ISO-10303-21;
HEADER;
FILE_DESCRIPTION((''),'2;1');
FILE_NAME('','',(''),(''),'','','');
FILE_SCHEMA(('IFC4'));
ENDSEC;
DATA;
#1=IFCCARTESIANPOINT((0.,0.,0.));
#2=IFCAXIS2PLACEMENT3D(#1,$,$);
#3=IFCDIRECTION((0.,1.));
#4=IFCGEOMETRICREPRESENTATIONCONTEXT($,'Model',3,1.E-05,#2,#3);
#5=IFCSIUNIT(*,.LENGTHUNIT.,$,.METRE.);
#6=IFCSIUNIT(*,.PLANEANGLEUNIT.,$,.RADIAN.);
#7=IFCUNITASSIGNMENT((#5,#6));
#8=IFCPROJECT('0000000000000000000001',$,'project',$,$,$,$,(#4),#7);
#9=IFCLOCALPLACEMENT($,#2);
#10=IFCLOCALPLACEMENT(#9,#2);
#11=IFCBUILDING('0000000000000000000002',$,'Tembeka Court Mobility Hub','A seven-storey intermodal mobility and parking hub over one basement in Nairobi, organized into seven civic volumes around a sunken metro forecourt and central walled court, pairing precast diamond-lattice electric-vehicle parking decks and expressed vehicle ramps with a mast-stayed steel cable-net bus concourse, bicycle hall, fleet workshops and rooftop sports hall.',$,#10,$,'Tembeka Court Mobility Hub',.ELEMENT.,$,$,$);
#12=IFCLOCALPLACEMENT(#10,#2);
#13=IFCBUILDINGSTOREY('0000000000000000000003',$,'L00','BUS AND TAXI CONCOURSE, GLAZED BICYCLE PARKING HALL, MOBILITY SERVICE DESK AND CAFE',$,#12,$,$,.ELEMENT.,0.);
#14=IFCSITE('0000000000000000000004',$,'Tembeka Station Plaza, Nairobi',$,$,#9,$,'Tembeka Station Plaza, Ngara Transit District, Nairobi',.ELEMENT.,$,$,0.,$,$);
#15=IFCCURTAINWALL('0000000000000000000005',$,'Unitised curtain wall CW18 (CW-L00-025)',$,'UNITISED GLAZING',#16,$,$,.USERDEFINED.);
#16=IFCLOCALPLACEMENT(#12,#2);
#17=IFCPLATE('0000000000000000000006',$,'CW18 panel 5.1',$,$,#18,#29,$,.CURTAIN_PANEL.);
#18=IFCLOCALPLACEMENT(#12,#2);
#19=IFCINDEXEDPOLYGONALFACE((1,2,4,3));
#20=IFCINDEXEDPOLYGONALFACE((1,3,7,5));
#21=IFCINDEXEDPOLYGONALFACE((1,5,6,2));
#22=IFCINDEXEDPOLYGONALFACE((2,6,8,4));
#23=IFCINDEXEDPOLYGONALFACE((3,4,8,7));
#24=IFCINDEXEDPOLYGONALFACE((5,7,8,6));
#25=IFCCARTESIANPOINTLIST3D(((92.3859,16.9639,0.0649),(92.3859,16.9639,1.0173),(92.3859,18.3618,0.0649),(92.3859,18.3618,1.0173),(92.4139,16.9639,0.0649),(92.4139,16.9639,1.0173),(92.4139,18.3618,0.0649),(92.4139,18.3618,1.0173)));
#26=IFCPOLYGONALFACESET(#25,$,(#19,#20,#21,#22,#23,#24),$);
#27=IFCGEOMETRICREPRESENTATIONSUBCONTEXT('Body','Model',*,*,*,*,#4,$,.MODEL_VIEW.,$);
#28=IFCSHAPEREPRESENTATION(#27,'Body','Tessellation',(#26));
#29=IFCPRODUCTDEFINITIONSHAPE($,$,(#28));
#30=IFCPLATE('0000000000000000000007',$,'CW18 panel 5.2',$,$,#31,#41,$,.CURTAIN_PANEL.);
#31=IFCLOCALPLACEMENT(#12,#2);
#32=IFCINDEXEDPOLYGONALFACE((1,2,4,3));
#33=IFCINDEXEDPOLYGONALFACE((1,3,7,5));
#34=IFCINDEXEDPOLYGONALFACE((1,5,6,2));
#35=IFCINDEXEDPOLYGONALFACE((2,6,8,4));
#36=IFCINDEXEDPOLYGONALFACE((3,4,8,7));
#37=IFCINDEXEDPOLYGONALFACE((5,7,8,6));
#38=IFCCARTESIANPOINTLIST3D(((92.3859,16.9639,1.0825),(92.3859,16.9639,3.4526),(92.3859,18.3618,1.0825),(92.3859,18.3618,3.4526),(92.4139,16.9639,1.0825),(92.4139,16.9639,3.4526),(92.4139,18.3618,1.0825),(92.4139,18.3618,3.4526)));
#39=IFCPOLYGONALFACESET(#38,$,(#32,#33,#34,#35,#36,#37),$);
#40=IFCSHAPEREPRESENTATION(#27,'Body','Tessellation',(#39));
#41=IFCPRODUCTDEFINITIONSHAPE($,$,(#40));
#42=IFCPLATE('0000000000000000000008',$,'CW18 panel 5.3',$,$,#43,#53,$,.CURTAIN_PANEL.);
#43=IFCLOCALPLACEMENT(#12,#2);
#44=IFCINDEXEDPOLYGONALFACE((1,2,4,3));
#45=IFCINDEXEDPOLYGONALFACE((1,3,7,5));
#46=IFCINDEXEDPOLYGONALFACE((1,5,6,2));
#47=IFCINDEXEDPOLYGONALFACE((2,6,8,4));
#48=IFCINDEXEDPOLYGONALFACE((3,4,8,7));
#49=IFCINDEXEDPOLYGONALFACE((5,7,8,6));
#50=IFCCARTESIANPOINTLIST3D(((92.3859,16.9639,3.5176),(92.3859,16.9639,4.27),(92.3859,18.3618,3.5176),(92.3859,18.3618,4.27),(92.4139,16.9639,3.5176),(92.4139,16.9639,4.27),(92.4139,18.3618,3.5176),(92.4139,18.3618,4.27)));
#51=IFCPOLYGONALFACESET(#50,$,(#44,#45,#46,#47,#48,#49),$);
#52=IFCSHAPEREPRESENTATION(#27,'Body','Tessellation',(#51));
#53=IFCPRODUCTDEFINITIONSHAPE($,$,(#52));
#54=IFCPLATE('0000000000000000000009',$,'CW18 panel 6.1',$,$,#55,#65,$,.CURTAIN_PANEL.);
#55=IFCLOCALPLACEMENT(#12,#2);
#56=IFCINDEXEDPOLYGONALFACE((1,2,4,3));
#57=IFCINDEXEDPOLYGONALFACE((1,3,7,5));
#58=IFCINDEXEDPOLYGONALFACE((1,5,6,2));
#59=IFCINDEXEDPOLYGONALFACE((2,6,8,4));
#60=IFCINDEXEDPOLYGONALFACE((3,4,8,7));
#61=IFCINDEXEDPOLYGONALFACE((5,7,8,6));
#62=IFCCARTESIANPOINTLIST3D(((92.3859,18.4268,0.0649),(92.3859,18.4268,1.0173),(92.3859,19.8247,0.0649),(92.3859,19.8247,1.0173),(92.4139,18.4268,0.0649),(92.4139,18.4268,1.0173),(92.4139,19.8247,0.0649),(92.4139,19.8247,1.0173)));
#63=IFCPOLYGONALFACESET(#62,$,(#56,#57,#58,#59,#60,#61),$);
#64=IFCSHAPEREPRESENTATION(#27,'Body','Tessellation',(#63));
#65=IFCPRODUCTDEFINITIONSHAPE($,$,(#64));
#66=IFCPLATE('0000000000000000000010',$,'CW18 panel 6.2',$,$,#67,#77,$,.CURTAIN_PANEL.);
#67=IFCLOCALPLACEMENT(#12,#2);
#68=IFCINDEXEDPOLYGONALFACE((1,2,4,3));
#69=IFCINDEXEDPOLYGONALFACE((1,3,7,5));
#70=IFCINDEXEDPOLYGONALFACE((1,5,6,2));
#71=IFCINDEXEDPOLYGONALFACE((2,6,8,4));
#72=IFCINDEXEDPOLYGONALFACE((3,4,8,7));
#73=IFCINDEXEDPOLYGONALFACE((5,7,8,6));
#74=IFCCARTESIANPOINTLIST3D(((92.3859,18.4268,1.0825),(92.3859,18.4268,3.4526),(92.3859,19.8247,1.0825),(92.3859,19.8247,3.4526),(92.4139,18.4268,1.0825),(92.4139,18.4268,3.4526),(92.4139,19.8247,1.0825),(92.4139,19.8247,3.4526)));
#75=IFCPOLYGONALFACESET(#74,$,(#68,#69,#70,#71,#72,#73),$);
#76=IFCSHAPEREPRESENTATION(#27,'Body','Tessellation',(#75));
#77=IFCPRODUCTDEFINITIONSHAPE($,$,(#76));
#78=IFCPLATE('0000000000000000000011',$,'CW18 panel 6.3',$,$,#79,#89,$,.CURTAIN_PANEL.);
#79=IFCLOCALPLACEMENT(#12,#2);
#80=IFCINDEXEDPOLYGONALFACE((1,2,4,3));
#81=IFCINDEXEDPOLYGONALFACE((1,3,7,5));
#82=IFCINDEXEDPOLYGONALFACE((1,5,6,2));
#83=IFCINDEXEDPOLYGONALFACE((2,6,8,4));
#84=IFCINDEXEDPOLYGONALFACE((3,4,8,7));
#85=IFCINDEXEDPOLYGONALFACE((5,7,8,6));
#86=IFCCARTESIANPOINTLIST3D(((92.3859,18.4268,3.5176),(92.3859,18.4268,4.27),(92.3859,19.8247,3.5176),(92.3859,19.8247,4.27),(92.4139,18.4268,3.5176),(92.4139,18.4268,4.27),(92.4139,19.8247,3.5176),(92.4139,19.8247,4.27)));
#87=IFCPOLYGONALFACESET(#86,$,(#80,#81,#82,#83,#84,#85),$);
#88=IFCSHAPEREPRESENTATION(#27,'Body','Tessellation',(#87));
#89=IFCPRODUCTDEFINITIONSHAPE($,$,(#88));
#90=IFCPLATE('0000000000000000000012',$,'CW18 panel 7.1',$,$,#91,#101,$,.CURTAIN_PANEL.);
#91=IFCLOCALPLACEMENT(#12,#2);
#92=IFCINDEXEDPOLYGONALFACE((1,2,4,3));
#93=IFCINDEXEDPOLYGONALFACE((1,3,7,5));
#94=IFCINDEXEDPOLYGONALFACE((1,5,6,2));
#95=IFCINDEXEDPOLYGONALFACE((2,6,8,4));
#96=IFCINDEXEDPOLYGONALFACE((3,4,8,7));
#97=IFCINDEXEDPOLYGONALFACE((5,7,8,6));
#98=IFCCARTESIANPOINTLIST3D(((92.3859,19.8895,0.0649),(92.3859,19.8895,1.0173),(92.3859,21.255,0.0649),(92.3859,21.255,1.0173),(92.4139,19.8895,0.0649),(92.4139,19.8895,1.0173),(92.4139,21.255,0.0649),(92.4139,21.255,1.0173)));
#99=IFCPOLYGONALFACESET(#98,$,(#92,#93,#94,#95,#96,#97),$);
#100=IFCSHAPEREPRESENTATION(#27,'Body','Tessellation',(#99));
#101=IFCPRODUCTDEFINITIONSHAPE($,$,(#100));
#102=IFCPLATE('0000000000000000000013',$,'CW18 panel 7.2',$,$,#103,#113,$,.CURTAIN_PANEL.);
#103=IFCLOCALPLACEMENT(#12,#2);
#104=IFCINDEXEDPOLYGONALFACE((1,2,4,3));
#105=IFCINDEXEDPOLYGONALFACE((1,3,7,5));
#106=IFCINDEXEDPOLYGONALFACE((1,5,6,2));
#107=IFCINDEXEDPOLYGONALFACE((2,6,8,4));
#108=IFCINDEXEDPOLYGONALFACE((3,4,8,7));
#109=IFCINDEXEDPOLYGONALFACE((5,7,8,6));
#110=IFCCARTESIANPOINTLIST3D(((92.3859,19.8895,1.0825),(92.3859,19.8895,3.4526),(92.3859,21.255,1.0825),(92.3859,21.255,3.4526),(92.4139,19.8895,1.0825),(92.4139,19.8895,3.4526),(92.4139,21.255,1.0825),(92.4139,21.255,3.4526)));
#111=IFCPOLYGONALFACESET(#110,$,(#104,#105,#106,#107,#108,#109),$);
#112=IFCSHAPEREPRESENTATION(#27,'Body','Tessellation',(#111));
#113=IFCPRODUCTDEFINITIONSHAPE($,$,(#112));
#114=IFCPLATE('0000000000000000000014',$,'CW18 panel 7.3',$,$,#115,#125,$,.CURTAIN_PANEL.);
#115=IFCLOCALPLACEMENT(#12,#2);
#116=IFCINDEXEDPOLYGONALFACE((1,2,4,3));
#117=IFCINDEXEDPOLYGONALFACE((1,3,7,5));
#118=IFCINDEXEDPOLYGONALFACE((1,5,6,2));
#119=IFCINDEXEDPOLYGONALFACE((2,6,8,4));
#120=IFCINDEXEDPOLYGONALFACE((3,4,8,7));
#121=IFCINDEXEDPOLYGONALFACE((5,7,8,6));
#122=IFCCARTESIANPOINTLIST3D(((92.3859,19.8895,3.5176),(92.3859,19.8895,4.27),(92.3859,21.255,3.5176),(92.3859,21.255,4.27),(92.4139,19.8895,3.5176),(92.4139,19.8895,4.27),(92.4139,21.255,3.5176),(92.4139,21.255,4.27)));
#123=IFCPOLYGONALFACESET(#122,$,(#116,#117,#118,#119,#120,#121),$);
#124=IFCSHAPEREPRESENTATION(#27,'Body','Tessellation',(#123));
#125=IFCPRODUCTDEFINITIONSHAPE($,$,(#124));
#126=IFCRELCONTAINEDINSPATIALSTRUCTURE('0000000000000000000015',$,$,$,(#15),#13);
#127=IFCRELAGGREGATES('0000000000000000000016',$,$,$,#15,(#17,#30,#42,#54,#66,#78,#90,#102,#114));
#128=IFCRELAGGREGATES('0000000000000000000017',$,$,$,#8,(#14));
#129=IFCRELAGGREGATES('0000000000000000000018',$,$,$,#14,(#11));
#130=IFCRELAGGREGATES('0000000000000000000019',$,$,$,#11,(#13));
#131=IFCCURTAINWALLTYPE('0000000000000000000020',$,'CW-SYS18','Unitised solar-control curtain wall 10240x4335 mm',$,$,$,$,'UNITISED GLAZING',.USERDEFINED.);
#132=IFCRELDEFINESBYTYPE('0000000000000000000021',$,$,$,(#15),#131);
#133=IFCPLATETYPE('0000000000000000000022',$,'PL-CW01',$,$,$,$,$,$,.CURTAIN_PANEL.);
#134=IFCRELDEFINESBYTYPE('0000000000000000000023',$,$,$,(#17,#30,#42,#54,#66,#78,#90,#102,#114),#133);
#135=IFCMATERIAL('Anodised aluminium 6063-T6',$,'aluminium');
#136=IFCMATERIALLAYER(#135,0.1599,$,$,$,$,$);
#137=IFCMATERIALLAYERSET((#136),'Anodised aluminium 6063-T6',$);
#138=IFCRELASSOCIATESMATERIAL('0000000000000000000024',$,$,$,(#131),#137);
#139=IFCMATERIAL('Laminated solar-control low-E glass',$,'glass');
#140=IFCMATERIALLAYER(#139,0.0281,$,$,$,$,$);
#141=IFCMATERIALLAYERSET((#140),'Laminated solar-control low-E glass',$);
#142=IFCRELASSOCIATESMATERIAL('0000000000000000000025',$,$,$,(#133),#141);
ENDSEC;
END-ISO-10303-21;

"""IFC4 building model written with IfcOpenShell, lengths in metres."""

from ifc_helpers import new_model, si_unit, direction, frame, origin, origin_2d, place, context, subcontext, project, spatial, rectangle, extrude, material, layer, layer_set, type_object, element, aggregate, save


model = new_model("IFC4")

# Units and contexts
model_context = context("Model", 3, precision=1e-05, world=origin(), true_north=direction((0.0, 1.0)))
body_context = subcontext(model_context, "Body", "Model", "MODEL_VIEW")
ifc_project = project(units=[si_unit("LENGTHUNIT", "METRE"), si_unit("PLANEANGLEUNIT", "RADIAN")], contexts=[model_context])

# Site, building, storey
site_placement = place(None, origin())
site = spatial("IfcSite", under=ifc_project, at=site_placement, Name="Tembeka Station Plaza, Nairobi", LongName="Tembeka Station Plaza, Ngara Transit District, Nairobi", CompositionType="ELEMENT", RefElevation=0.0)
building_placement = place(site_placement, origin())
building = spatial("IfcBuilding", under=site, at=building_placement, Name="Tembeka Court Mobility Hub", Description="A seven-storey intermodal mobility and parking hub over one basement in Nairobi, organized into seven civic volumes around a sunken metro forecourt and central walled court, pairing precast diamond-lattice electric-vehicle parking decks and expressed vehicle ramps with a mast-stayed steel cable-net bus concourse, bicycle hall, fleet workshops and rooftop sports hall.", LongName="Tembeka Court Mobility Hub", CompositionType="ELEMENT")
storey_placement = place(building_placement, origin())
storey = spatial("IfcBuildingStorey", under=building, at=storey_placement, Name="L00", Description="BUS AND TAXI CONCOURSE, GLAZED BICYCLE PARKING HALL, MOBILITY SERVICE DESK AND CAFE", CompositionType="ELEMENT", Elevation=0.0)

# Curtain wall, plates
ifc_material_1 = material(Name="Anodised aluminium 6063-T6", Category="aluminium")
ifc_layer_1 = layer(ifc_material_1, 0.1599)
ifc_layer_set_1 = layer_set([ifc_layer_1], Name="Anodised aluminium 6063-T6")
curtain_wall_type = type_object("IfcCurtainWallType", Name="CW-SYS18", Description="Unitised solar-control curtain wall 10240x4335 mm", ElementType="UNITISED GLAZING", PredefinedType="USERDEFINED", material=ifc_layer_set_1)
curtain_wall_placement = place(storey_placement, origin())
curtain_wall = element("IfcCurtainWall", 1, at=curtain_wall_placement, inside=storey, type_object=curtain_wall_type, Name="Unitised curtain wall CW18 (CW-L00-025)", ObjectType="UNITISED GLAZING", PredefinedType="USERDEFINED")
ifc_material_2 = material(Name="Laminated solar-control low-E glass", Category="glass")
ifc_layer_2 = layer(ifc_material_2, 0.0281)
ifc_layer_set_2 = layer_set([ifc_layer_2], Name="Laminated solar-control low-E glass")
plate_type = type_object("IfcPlateType", Name="PL-CW01", PredefinedType="CURTAIN_PANEL", material=ifc_layer_set_2)
plate_1_placement = place(storey_placement, frame((92.3999, 17.6628, 0.0649), z_axis=(0.0, 0.0, 1.0), x_axis=(0.0, 1.0, 0.0)))
plate_1 = element("IfcPlate", 2, at=plate_1_placement, type_object=plate_type, Name="CW18 panel 5.1", PredefinedType="CURTAIN_PANEL", context=body_context, shape_type="SweptSolid", body=[
    extrude(rectangle(XDim=1.3979, YDim=0.0281, at=origin_2d()), origin(), (0.0, 0.0, 1.0), 0.9524),
])
plate_2_placement = place(storey_placement, frame((92.3999, 17.6628, 1.0825), z_axis=(0.0, 0.0, 1.0), x_axis=(0.0, 1.0, 0.0)))
plate_2 = element("IfcPlate", 3, at=plate_2_placement, type_object=plate_type, Name="CW18 panel 5.2", PredefinedType="CURTAIN_PANEL", context=body_context, shape_type="SweptSolid", body=[
    extrude(rectangle(XDim=1.3979, YDim=0.0281, at=origin_2d()), origin(), (0.0, 0.0, 1.0), 2.3701),
])
plate_3_placement = place(storey_placement, frame((92.3999, 17.6628, 3.5176), z_axis=(0.0, 0.0, 1.0), x_axis=(0.0, 1.0, 0.0)))
plate_3 = element("IfcPlate", 4, at=plate_3_placement, type_object=plate_type, Name="CW18 panel 5.3", PredefinedType="CURTAIN_PANEL", context=body_context, shape_type="SweptSolid", body=[
    extrude(rectangle(XDim=1.3979, YDim=0.0281, at=origin_2d()), origin(), (0.0, 0.0, 1.0), 0.7524),
])
plate_4_placement = place(storey_placement, frame((92.3999, 19.1257, 0.0649), z_axis=(0.0, 0.0, 1.0), x_axis=(0.0, 1.0, 0.0)))
plate_4 = element("IfcPlate", 5, at=plate_4_placement, type_object=plate_type, Name="CW18 panel 6.1", PredefinedType="CURTAIN_PANEL", context=body_context, shape_type="SweptSolid", body=[
    extrude(rectangle(XDim=1.3979, YDim=0.0281, at=origin_2d()), origin(), (0.0, 0.0, 1.0), 0.9524),
])
plate_5_placement = place(storey_placement, frame((92.3999, 19.1257, 1.0825), z_axis=(0.0, 0.0, 1.0), x_axis=(0.0, 1.0, 0.0)))
plate_5 = element("IfcPlate", 6, at=plate_5_placement, type_object=plate_type, Name="CW18 panel 6.2", PredefinedType="CURTAIN_PANEL", context=body_context, shape_type="SweptSolid", body=[
    extrude(rectangle(XDim=1.3979, YDim=0.0281, at=origin_2d()), origin(), (0.0, 0.0, 1.0), 2.3701),
])
plate_6_placement = place(storey_placement, frame((92.3999, 19.1257, 3.5176), z_axis=(0.0, 0.0, 1.0), x_axis=(0.0, 1.0, 0.0)))
plate_6 = element("IfcPlate", 7, at=plate_6_placement, type_object=plate_type, Name="CW18 panel 6.3", PredefinedType="CURTAIN_PANEL", context=body_context, shape_type="SweptSolid", body=[
    extrude(rectangle(XDim=1.3979, YDim=0.0281, at=origin_2d()), origin(), (0.0, 0.0, 1.0), 0.7524),
])
plate_7_placement = place(storey_placement, frame((92.3999, 20.5723, 0.0649), z_axis=(0.0, 0.0, 1.0), x_axis=(0.0, 1.0, 0.0)))
plate_7 = element("IfcPlate", 8, at=plate_7_placement, type_object=plate_type, Name="CW18 panel 7.1", PredefinedType="CURTAIN_PANEL", context=body_context, shape_type="SweptSolid", body=[
    extrude(rectangle(XDim=1.3655, YDim=0.0281, at=origin_2d()), origin(), (0.0, 0.0, 1.0), 0.9524),
])
plate_8_placement = place(storey_placement, frame((92.3999, 20.5723, 1.0825), z_axis=(0.0, 0.0, 1.0), x_axis=(0.0, 1.0, 0.0)))
plate_8 = element("IfcPlate", 9, at=plate_8_placement, type_object=plate_type, Name="CW18 panel 7.2", PredefinedType="CURTAIN_PANEL", context=body_context, shape_type="SweptSolid", body=[
    extrude(rectangle(XDim=1.3655, YDim=0.0281, at=origin_2d()), origin(), (0.0, 0.0, 1.0), 2.3701),
])
plate_9_placement = place(storey_placement, frame((92.3999, 20.5723, 3.5176), z_axis=(0.0, 0.0, 1.0), x_axis=(0.0, 1.0, 0.0)))
plate_9 = element("IfcPlate", 10, at=plate_9_placement, type_object=plate_type, Name="CW18 panel 7.3", PredefinedType="CURTAIN_PANEL", context=body_context, shape_type="SweptSolid", body=[
    extrude(rectangle(XDim=1.3655, YDim=0.0281, at=origin_2d()), origin(), (0.0, 0.0, 1.0), 0.7524),
])
aggregate(curtain_wall, [plate_1, plate_2, plate_3, plate_4, plate_5, plate_6, plate_7, plate_8, plate_9])

save(model, "model.ifc")
